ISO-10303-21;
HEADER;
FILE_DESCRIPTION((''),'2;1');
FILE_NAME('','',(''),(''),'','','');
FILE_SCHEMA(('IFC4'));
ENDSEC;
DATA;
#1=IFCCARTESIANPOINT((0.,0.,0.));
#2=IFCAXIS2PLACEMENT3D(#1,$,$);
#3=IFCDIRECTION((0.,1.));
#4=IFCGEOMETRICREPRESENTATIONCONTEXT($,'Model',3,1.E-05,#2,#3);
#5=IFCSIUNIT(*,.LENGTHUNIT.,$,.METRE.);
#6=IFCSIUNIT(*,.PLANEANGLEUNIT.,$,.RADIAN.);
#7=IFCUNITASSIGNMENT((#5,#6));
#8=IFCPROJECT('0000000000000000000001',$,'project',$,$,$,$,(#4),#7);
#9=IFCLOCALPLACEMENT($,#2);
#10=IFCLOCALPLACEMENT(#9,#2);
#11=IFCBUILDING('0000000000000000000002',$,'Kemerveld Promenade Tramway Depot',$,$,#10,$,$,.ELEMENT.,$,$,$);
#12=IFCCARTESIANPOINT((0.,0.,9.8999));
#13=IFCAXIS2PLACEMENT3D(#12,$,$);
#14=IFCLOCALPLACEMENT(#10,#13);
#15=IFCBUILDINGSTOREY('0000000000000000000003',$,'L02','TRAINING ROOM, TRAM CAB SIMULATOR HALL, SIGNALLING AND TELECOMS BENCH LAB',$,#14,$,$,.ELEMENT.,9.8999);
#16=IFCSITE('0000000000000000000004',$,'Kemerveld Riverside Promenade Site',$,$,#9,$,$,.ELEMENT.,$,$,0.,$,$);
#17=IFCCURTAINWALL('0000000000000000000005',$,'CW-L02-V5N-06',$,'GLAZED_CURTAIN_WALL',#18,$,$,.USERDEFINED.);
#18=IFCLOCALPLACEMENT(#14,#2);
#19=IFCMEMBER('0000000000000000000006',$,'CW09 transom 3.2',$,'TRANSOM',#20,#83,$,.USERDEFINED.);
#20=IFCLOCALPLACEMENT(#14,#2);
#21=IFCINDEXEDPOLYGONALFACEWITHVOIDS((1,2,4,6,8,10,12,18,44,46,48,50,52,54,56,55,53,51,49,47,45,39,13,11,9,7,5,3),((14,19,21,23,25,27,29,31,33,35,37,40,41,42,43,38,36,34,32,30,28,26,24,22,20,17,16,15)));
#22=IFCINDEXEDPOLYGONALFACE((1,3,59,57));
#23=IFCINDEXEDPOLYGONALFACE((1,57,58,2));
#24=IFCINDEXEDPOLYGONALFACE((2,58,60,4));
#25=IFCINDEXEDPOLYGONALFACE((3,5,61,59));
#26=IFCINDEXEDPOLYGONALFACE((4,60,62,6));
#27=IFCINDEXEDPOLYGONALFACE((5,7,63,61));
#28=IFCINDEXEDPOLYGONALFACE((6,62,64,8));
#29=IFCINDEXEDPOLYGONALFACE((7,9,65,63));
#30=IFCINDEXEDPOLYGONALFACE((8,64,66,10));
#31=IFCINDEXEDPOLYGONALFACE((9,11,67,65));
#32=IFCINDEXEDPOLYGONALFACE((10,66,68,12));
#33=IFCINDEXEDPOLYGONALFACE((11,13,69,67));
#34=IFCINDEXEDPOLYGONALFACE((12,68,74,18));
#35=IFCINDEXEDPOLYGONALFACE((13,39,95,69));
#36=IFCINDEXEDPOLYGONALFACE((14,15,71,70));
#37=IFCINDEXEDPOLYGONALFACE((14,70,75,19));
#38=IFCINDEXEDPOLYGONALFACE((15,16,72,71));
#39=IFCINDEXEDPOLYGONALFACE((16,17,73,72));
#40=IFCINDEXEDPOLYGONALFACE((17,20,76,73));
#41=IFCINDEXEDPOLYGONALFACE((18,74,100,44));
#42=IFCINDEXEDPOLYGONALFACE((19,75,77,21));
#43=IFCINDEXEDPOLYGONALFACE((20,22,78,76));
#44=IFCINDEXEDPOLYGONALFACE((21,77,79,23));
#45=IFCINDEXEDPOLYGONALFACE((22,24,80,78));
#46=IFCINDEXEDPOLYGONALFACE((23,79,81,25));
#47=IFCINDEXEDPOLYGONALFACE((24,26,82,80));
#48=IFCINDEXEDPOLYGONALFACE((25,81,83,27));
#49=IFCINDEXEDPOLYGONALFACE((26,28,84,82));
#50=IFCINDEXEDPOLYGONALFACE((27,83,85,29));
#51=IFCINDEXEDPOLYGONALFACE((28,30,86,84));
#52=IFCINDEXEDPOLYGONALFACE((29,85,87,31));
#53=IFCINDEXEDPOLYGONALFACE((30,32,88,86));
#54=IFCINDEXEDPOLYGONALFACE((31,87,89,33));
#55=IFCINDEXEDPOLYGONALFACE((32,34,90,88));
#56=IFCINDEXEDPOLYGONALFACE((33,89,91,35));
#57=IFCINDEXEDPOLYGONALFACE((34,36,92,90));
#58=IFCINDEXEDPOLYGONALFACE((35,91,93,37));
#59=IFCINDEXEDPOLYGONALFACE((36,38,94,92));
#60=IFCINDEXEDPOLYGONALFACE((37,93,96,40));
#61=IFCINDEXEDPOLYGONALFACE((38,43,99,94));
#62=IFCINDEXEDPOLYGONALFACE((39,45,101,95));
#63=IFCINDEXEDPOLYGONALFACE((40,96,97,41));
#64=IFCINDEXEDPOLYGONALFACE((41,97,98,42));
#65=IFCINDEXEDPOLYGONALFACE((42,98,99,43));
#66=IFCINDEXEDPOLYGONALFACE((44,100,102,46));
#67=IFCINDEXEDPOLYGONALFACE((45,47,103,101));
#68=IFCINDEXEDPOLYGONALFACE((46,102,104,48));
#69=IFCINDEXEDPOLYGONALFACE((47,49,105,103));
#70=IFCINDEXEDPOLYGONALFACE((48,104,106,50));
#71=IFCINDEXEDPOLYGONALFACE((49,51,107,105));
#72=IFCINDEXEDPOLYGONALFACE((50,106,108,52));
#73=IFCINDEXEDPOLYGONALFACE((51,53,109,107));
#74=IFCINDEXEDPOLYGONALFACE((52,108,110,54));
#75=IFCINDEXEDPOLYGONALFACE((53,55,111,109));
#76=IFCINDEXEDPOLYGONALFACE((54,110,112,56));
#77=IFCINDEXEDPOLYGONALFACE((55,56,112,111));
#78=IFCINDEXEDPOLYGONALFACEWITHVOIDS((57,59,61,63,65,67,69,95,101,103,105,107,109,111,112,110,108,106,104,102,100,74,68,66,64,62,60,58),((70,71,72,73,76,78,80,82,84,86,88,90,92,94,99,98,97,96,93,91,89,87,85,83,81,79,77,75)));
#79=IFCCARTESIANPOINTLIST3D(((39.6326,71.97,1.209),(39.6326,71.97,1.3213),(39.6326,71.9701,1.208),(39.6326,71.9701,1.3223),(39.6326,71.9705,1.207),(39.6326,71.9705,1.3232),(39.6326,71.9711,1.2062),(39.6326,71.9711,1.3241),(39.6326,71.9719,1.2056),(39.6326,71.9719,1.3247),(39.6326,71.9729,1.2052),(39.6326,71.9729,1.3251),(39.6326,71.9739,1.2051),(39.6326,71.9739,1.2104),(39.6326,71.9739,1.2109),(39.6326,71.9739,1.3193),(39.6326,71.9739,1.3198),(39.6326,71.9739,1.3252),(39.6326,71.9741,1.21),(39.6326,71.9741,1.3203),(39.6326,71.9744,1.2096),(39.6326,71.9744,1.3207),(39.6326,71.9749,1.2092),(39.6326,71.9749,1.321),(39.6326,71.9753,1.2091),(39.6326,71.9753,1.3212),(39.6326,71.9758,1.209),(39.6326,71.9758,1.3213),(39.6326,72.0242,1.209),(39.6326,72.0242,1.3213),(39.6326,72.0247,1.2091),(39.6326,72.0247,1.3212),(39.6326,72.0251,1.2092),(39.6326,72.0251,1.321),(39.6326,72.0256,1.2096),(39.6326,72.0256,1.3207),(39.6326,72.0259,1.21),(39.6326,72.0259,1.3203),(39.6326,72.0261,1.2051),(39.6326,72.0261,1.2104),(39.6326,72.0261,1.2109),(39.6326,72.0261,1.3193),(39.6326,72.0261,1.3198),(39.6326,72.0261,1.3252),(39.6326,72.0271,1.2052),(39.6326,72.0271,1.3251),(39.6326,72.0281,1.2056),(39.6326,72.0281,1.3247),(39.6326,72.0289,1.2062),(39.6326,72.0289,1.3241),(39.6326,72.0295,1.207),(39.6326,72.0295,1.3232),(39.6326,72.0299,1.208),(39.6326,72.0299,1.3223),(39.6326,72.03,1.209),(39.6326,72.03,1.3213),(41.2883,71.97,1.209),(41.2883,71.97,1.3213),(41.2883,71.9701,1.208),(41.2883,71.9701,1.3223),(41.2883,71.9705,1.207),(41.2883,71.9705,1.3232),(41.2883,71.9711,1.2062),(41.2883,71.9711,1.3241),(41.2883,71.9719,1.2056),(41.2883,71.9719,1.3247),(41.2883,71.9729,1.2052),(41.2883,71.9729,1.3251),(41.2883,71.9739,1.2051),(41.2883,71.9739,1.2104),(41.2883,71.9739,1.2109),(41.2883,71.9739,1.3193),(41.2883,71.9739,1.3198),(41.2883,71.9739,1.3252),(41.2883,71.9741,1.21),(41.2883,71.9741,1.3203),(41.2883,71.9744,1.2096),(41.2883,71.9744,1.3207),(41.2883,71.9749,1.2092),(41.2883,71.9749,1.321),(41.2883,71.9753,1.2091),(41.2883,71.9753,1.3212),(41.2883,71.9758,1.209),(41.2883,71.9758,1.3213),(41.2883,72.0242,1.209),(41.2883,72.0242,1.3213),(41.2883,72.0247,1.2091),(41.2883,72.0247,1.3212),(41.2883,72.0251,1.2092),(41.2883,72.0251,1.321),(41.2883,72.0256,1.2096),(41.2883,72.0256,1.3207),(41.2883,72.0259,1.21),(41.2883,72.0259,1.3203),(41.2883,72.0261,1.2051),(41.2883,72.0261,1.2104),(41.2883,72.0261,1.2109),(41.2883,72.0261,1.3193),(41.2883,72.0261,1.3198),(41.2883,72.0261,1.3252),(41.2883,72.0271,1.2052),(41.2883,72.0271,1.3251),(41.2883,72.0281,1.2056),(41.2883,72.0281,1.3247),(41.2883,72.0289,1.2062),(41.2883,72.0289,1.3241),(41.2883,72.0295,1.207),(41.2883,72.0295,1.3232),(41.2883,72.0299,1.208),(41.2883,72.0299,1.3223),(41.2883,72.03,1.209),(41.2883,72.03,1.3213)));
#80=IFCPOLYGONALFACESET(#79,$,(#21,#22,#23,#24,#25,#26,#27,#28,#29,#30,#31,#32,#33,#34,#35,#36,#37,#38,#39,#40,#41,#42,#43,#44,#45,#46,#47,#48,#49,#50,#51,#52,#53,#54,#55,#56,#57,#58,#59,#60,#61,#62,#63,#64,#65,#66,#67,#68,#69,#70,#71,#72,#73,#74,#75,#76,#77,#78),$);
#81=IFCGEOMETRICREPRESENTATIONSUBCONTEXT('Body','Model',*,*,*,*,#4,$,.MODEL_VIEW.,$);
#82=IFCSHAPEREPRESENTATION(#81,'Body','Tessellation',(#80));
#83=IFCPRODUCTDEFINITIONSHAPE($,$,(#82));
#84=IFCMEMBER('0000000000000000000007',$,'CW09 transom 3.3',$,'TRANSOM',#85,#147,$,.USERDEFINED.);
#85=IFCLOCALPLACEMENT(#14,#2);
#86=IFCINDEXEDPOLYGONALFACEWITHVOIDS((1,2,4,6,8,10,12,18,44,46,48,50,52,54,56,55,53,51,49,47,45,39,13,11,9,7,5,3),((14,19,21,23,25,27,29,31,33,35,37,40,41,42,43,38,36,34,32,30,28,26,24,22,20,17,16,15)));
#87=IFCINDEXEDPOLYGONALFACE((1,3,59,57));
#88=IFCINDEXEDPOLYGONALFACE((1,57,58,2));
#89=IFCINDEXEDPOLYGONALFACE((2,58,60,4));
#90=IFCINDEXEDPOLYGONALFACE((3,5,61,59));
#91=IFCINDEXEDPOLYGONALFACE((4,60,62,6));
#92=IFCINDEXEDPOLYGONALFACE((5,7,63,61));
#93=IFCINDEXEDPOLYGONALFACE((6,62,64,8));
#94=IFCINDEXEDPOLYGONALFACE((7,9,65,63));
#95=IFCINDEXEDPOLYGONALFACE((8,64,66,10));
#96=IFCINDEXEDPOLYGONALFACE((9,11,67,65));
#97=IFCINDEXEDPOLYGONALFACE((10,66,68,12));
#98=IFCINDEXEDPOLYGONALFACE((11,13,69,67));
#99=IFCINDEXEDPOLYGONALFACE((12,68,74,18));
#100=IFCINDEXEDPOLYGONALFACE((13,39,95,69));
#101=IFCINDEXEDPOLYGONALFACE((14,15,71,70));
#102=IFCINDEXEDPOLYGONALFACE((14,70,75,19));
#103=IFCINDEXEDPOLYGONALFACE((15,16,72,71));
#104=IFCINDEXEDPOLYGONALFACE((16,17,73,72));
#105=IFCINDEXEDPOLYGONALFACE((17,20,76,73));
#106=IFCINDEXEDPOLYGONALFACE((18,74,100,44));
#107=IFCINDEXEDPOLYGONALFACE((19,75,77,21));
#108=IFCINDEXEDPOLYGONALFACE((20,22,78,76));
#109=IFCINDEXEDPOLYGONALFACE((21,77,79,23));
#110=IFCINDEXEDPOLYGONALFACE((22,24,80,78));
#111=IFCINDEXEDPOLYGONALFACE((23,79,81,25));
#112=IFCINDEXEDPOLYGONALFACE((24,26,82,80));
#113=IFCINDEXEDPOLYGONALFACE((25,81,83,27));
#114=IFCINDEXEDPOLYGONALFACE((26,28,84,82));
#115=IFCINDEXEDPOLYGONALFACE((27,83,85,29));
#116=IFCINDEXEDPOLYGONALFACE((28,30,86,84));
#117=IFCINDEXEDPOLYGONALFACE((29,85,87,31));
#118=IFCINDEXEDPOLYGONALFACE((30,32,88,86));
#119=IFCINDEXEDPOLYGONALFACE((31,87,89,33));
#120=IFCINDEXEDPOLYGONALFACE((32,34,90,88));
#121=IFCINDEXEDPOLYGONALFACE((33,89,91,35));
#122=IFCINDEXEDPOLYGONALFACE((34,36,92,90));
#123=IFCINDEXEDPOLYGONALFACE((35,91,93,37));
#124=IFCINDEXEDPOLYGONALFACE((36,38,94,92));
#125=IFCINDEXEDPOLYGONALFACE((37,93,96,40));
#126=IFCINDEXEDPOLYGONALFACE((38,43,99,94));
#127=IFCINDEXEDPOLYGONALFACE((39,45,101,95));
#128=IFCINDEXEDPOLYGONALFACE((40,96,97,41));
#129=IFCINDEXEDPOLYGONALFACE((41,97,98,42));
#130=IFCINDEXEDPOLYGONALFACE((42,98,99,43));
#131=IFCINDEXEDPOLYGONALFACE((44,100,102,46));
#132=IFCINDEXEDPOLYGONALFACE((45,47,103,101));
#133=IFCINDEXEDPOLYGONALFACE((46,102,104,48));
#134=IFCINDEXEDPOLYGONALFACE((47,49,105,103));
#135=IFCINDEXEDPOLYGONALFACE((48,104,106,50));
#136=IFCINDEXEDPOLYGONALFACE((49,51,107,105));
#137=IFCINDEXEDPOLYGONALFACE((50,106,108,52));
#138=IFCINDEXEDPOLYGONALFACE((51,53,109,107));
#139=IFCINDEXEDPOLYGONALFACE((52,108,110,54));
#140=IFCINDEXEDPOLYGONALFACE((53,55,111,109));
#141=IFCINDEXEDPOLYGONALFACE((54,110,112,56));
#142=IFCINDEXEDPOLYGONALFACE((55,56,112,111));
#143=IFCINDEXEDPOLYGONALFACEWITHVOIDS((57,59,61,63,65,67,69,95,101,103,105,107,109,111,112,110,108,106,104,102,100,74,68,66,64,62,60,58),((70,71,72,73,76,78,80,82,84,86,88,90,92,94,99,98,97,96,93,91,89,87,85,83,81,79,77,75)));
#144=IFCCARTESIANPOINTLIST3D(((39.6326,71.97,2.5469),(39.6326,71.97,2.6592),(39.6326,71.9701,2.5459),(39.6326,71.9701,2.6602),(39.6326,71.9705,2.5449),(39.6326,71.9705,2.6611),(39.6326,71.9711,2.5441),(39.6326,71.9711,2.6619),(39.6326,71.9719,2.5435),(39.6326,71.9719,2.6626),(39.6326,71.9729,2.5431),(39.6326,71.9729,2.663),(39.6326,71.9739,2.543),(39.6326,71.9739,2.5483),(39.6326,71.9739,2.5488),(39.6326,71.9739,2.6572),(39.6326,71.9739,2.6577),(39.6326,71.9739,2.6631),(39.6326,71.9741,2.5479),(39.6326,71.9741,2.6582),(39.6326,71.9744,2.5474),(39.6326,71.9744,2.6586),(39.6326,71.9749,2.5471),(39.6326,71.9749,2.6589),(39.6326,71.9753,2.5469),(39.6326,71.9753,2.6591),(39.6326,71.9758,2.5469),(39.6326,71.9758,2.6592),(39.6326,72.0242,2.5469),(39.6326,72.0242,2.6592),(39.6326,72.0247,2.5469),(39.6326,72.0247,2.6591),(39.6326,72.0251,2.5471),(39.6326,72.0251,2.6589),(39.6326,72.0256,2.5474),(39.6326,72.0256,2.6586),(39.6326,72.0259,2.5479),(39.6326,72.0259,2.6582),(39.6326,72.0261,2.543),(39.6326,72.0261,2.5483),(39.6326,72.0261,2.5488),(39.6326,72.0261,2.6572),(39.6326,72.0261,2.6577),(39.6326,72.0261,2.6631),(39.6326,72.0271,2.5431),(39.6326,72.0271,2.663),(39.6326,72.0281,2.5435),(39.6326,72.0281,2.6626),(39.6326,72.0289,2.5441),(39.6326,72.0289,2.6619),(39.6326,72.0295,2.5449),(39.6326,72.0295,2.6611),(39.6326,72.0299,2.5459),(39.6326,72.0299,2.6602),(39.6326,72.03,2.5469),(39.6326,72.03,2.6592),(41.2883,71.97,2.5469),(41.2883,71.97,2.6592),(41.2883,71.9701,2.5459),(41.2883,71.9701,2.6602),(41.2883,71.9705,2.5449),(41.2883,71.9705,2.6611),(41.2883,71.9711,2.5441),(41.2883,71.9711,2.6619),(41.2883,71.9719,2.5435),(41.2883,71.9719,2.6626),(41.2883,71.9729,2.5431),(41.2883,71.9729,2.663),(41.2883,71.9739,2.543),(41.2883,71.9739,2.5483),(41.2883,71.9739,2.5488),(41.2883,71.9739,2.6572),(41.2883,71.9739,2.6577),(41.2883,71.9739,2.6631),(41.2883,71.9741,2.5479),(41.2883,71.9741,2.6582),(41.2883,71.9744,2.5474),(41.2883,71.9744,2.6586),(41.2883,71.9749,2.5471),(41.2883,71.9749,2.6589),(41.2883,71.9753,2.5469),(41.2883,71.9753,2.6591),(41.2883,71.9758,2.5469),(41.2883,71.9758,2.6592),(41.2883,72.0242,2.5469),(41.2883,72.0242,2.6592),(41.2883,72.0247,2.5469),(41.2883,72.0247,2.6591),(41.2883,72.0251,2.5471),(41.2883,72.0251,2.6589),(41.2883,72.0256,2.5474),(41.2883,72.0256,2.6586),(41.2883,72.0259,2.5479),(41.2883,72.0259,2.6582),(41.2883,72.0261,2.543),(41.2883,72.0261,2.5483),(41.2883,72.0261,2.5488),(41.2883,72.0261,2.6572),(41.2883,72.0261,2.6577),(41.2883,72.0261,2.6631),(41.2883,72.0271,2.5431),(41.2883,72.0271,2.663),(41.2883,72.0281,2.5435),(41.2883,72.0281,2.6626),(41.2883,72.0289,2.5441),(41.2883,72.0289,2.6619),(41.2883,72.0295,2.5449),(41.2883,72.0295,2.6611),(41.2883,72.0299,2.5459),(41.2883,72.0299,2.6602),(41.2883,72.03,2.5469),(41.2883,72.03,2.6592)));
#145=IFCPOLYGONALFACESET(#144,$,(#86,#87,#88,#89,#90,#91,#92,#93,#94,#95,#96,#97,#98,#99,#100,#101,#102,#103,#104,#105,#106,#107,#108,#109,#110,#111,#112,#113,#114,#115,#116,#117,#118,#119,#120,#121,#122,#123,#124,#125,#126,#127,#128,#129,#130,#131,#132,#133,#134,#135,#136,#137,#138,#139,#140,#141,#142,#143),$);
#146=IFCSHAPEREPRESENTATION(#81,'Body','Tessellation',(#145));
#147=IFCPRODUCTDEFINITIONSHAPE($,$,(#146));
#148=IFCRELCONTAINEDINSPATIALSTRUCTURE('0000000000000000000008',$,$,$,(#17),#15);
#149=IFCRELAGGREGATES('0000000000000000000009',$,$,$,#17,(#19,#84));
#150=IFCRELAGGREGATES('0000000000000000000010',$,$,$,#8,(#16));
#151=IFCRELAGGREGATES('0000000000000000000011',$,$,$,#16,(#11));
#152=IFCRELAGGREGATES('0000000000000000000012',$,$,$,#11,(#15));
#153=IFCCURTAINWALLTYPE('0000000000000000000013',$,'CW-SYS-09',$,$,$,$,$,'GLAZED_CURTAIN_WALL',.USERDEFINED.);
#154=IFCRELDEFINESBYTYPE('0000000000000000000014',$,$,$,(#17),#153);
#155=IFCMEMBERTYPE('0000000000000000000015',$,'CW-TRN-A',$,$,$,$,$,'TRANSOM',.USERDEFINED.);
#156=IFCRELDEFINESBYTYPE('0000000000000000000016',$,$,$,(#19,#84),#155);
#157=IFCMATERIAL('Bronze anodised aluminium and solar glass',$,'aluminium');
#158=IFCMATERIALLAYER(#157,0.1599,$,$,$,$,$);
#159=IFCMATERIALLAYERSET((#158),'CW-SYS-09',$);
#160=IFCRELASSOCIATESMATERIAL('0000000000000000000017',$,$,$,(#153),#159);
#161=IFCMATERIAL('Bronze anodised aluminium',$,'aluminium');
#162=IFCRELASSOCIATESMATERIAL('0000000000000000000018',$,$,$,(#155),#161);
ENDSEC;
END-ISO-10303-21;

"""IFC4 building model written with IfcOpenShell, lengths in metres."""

from ifc_helpers import new_model, si_unit, direction, frame, origin, origin_2d, place, context, subcontext, project, spatial, hollow_rectangle, extrude, material, layer, layer_set, material_profile, profile_set, type_object, element, aggregate, save


model = new_model("IFC4")

# Units and contexts
model_context = context("Model", 3, precision=1e-05, world=origin(), true_north=direction((0.0, 1.0)))
body_context = subcontext(model_context, "Body", "Model", "MODEL_VIEW")
ifc_project = project(units=[si_unit("LENGTHUNIT", "METRE"), si_unit("PLANEANGLEUNIT", "RADIAN")], contexts=[model_context])

# Site, building, storey
site_placement = place(None, origin())
site = spatial("IfcSite", under=ifc_project, at=site_placement, Name="Kemerveld Riverside Promenade Site", CompositionType="ELEMENT", RefElevation=0.0)
building_placement = place(site_placement, origin())
building = spatial("IfcBuilding", under=site, at=building_placement, Name="Kemerveld Promenade Tramway Depot", CompositionType="ELEMENT")
storey_placement = place(building_placement, frame((0.0, 0.0, 9.8999)))
storey = spatial("IfcBuildingStorey", under=building, at=storey_placement, Name="L02", Description="TRAINING ROOM, TRAM CAB SIMULATOR HALL, SIGNALLING AND TELECOMS BENCH LAB", CompositionType="ELEMENT", Elevation=9.8999)

# Curtain wall, members
ifc_material_1 = material(Name="Bronze anodised aluminium and solar glass", Category="aluminium")
ifc_layer_1 = layer(ifc_material_1, 0.1599)
ifc_layer_set_1 = layer_set([ifc_layer_1], Name="CW-SYS-09")
curtain_wall_type = type_object("IfcCurtainWallType", Name="CW-SYS-09", ElementType="GLAZED_CURTAIN_WALL", PredefinedType="USERDEFINED", material=ifc_layer_set_1)
curtain_wall_placement = place(storey_placement, origin())
curtain_wall = element("IfcCurtainWall", 1, at=curtain_wall_placement, inside=storey, type_object=curtain_wall_type, Name="CW-L02-V5N-06", ObjectType="GLAZED_CURTAIN_WALL", PredefinedType="USERDEFINED")
ifc_material_2 = material(Name="Bronze anodised aluminium", Category="aluminium")
ifc_material_profile_1 = material_profile(ifc_material_2, hollow_rectangle(XDim=0.0601, YDim=0.1201, WallThickness=0.0039, InnerFilletRadius=0.002, OuterFilletRadius=0.0039, at=origin_2d()), Name="CW-TRN-120x60")
ifc_profile_set_1 = profile_set([ifc_material_profile_1], Name="Bronze anodised aluminium")
member_type_1 = type_object("IfcMemberType", Name="CW-TRN-A", ElementType="TRANSOM", PredefinedType="USERDEFINED", material=ifc_profile_set_1)
member_1_placement = place(storey_placement, frame((39.6326, 72.0, 1.2651), z_axis=(1.0, 0.0, 0.0), x_axis=(0.0, 1.0, 0.0)))
member_1 = element("IfcMember", 2, at=member_1_placement, type_object=member_type_1, Name="CW09 transom 3.2", ObjectType="TRANSOM", PredefinedType="USERDEFINED", context=body_context, shape_type="SweptSolid", body=[
    extrude(hollow_rectangle(XDim=0.0601, YDim=0.1201, WallThickness=0.0039, InnerFilletRadius=0.002, OuterFilletRadius=0.0039, at=origin_2d()), origin(), (0.0, 0.0, 1.0), 1.6558),
])
member_2_placement = place(storey_placement, frame((39.6326, 72.0, 2.603), z_axis=(1.0, 0.0, 0.0), x_axis=(0.0, 1.0, 0.0)))
member_2 = element("IfcMember", 3, at=member_2_placement, type_object=member_type_1, Name="CW09 transom 3.3", ObjectType="TRANSOM", PredefinedType="USERDEFINED", context=body_context, shape_type="SweptSolid", body=[
    extrude(hollow_rectangle(XDim=0.0601, YDim=0.1201, WallThickness=0.0039, InnerFilletRadius=0.002, OuterFilletRadius=0.0039, at=origin_2d()), origin(), (0.0, 0.0, 1.0), 1.6558),
])
aggregate(curtain_wall, [member_1, member_2])

save(model, "model.ifc")
